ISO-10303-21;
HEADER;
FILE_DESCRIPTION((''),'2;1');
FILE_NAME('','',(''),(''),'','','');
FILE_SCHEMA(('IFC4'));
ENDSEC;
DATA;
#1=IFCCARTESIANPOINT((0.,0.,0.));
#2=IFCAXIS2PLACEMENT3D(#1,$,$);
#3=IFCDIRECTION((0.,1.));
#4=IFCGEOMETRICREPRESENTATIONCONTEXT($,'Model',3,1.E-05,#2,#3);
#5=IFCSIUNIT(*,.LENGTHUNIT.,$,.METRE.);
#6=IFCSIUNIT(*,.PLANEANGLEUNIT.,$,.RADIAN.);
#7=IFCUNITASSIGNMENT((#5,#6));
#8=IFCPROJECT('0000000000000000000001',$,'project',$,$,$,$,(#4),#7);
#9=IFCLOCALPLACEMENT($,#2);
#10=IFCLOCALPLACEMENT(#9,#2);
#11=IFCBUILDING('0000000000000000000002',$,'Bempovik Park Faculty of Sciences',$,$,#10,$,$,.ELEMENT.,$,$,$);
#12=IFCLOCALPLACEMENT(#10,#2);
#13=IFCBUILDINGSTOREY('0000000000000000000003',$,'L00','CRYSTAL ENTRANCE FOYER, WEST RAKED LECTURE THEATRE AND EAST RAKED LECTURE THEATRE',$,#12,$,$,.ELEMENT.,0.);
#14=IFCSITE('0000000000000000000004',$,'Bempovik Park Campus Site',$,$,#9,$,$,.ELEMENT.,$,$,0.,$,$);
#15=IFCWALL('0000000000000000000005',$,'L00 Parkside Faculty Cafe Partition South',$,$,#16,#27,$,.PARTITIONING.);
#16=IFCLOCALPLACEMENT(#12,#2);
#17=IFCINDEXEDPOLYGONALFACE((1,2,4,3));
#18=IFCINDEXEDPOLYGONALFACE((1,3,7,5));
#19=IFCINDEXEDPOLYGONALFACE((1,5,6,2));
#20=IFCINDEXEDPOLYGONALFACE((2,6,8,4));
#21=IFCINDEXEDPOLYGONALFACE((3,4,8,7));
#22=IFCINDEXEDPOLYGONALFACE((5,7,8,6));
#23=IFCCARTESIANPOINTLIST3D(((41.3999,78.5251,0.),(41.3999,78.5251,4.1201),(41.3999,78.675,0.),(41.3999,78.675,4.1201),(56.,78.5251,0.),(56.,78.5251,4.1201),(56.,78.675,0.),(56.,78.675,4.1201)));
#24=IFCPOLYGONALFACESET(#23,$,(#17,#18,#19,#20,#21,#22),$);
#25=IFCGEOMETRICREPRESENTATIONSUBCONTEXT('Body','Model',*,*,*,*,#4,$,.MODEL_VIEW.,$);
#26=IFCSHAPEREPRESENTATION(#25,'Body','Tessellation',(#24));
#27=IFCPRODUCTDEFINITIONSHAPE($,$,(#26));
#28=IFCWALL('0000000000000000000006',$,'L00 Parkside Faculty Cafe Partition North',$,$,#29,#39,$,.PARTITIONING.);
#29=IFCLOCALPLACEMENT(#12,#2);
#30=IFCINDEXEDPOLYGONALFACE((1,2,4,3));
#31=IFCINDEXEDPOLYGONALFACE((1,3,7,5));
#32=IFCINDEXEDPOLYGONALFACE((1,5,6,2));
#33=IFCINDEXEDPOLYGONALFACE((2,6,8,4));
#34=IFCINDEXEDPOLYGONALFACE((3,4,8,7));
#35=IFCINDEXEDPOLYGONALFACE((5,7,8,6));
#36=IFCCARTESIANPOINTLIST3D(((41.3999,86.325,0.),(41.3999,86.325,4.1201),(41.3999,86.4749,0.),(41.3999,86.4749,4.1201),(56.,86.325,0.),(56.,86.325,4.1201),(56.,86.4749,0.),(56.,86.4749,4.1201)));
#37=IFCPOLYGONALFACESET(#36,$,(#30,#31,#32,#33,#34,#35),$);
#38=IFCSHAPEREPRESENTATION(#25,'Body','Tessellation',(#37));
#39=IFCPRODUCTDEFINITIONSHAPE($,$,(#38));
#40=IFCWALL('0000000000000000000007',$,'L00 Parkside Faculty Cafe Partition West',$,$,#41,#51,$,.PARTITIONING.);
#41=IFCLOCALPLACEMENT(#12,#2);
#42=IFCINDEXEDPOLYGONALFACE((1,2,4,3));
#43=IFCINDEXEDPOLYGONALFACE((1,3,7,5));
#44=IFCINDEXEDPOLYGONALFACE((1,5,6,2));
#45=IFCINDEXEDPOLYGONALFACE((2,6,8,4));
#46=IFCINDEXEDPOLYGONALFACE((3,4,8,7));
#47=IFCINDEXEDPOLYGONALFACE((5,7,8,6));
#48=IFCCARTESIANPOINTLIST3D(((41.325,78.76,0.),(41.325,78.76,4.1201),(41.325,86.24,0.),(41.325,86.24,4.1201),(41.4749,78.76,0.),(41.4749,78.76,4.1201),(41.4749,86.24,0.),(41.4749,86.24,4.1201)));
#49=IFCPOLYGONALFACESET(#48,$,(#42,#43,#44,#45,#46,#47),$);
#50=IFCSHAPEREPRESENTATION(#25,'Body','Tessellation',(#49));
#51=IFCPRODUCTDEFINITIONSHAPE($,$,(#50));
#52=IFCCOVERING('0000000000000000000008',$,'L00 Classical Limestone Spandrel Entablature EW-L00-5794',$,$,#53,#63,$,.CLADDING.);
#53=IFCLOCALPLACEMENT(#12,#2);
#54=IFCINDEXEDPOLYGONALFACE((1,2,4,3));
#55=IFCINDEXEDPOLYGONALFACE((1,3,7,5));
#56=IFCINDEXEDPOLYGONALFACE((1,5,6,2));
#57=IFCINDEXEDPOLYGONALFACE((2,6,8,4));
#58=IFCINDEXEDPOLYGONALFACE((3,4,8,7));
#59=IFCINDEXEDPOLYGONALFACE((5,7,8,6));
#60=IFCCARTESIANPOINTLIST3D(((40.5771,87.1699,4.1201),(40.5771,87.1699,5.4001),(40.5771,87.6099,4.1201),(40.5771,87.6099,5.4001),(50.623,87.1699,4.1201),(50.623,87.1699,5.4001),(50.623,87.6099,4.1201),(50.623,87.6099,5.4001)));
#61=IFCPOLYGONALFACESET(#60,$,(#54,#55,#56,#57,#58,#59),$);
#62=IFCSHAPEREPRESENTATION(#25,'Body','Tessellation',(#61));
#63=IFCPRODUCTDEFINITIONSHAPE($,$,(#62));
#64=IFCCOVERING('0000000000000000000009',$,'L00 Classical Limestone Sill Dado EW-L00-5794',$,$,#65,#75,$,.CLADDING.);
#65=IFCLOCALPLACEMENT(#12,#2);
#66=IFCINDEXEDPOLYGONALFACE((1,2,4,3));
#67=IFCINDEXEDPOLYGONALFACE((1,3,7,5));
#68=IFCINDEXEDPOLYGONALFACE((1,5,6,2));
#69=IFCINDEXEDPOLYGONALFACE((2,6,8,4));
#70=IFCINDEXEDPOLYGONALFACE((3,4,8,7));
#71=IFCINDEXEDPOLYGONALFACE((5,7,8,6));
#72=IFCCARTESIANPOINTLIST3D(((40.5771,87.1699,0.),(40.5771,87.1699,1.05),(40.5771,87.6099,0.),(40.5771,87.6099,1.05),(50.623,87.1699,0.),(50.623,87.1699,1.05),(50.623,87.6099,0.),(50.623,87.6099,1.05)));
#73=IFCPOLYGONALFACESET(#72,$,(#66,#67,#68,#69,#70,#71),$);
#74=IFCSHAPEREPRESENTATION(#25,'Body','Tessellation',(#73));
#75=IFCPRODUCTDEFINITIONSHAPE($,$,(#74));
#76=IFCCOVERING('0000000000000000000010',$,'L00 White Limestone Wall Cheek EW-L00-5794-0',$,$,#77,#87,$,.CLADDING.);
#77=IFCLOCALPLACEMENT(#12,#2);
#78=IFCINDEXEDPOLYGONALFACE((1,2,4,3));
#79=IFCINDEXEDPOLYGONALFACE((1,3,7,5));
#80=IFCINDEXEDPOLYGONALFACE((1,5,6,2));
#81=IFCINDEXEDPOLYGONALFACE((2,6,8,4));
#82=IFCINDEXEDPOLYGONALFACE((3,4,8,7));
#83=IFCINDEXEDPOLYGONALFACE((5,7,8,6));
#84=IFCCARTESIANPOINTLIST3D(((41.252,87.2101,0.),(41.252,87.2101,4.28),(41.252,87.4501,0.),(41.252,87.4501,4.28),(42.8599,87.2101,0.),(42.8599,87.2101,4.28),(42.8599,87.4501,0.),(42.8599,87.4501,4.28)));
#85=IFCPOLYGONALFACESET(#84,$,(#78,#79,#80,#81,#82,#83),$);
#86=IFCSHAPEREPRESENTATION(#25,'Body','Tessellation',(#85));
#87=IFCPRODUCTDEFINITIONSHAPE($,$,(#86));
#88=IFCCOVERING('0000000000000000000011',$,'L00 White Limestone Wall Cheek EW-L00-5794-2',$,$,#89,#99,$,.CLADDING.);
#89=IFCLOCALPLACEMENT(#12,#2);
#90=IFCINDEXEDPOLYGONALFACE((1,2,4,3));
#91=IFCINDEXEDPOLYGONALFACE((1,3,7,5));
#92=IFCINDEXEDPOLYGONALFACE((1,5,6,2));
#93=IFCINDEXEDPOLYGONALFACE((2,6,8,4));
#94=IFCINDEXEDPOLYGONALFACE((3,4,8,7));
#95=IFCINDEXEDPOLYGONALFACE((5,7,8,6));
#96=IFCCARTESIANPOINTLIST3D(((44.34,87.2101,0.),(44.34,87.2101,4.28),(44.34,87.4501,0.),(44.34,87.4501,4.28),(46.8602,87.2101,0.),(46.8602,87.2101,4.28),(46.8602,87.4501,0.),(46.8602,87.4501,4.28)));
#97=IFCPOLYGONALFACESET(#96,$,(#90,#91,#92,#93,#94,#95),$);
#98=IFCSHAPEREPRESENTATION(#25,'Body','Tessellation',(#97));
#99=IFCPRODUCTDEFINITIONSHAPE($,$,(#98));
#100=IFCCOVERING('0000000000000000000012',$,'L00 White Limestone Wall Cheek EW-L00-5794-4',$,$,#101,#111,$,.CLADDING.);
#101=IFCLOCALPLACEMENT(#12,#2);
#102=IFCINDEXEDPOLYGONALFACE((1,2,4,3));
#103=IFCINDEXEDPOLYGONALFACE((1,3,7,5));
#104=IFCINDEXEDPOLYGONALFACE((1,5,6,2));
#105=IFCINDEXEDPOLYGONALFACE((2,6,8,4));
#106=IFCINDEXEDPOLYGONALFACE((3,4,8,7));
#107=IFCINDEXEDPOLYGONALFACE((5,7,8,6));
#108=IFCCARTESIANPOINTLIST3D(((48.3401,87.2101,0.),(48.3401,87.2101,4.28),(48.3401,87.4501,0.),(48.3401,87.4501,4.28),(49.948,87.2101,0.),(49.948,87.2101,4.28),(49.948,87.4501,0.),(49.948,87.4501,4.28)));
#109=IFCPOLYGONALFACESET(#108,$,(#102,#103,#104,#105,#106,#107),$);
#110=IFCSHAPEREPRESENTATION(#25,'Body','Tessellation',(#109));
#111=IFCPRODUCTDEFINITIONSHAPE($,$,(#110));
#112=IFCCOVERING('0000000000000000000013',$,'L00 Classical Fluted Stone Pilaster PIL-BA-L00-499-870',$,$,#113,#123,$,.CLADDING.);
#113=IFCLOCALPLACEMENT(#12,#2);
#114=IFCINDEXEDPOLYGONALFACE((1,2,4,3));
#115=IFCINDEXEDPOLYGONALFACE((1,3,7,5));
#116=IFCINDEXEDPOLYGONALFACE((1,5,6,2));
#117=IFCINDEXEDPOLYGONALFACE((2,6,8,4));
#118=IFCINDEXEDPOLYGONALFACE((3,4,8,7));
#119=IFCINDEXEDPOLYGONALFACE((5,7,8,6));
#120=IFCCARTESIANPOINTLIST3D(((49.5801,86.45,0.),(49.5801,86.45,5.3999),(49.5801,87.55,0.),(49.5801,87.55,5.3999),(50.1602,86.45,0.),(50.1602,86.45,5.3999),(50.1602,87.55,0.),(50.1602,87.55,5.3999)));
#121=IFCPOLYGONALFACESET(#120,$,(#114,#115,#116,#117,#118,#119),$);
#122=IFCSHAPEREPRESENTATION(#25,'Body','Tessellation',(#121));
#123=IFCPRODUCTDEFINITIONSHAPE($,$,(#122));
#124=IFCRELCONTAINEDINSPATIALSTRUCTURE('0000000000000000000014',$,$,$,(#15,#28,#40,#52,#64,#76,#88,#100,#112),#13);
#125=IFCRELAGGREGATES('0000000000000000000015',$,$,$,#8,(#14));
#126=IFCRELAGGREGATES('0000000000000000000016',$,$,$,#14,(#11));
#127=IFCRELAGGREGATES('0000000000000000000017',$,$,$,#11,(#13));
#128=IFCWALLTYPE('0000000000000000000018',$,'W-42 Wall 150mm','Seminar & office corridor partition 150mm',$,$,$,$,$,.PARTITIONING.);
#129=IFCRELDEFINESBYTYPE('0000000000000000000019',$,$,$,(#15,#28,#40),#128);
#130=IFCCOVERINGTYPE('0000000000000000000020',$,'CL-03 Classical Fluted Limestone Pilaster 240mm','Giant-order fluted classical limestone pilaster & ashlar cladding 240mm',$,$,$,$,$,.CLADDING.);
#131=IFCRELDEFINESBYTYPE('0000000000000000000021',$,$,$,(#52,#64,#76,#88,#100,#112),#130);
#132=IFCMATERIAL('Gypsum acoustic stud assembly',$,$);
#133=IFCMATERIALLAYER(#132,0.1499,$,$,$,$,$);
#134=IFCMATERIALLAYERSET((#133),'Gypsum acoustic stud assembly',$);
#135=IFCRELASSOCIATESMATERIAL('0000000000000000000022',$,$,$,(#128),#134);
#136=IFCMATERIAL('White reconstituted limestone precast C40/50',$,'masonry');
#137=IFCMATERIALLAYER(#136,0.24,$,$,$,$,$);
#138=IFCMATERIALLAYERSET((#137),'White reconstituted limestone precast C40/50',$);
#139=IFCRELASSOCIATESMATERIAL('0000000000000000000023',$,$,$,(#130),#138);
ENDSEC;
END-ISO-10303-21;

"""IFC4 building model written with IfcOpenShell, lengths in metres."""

from ifc_helpers import new_model, si_unit, direction, frame, frame_2d, origin, origin_2d, place, context, subcontext, project, spatial, rectangle, extrude, material, layer, layer_set, type_object, element, save


model = new_model("IFC4")

# Units and contexts
model_context = context("Model", 3, precision=1e-05, world=origin(), true_north=direction((0.0, 1.0)))
body_context = subcontext(model_context, "Body", "Model", "MODEL_VIEW")
ifc_project = project(units=[si_unit("LENGTHUNIT", "METRE"), si_unit("PLANEANGLEUNIT", "RADIAN")], contexts=[model_context])

# Site, building, storey
site_placement = place(None, origin())
site = spatial("IfcSite", under=ifc_project, at=site_placement, Name="Bempovik Park Campus Site", CompositionType="ELEMENT", RefElevation=0.0)
building_placement = place(site_placement, origin())
building = spatial("IfcBuilding", under=site, at=building_placement, Name="Bempovik Park Faculty of Sciences", CompositionType="ELEMENT")
storey_placement = place(building_placement, origin())
storey = spatial("IfcBuildingStorey", under=building, at=storey_placement, Name="L00", Description="CRYSTAL ENTRANCE FOYER, WEST RAKED LECTURE THEATRE AND EAST RAKED LECTURE THEATRE", CompositionType="ELEMENT", Elevation=0.0)

# Walls
ifc_material_1 = material(Name="Gypsum acoustic stud assembly")
ifc_layer_1 = layer(ifc_material_1, 0.1499)
ifc_layer_set_1 = layer_set([ifc_layer_1], Name="Gypsum acoustic stud assembly")
wall_type_1 = type_object("IfcWallType", Name="W-42 Wall 150mm", Description="Seminar & office corridor partition 150mm", PredefinedType="PARTITIONING", material=ifc_layer_set_1)
for number, where, z_axis, x_axis, name in (
    (1, (41.3999, 78.6001, 0.0), (0.0, 0.0, 1.0), (1.0, 0.0, 0.0), "L00 Parkside Faculty Cafe Partition South"),
    (2, (41.3999, 86.3999, 0.0), (0.0, 0.0, 1.0), (1.0, 0.0, 0.0), "L00 Parkside Faculty Cafe Partition North"),
):
    element("IfcWall", number, at=place(storey_placement, frame(where, z_axis=z_axis, x_axis=x_axis)), inside=storey, type_object=wall_type_1, Name=name, PredefinedType="PARTITIONING", context=body_context, shape_type="SweptSolid", body=[
        extrude(rectangle(XDim=14.6001, YDim=0.1499, at=frame_2d((7.3, 0.0))), origin(), (0.0, 0.0, 1.0), 4.1201),
    ])
wall_1_placement = place(storey_placement, frame((41.3999, 78.76, 0.0), z_axis=(0.0, 0.0, 1.0), x_axis=(0.0, 1.0, 0.0)))
element("IfcWall", 3, at=wall_1_placement, inside=storey, type_object=wall_type_1, Name="L00 Parkside Faculty Cafe Partition West", PredefinedType="PARTITIONING", context=body_context, shape_type="SweptSolid", body=[
    extrude(rectangle(XDim=7.48, YDim=0.1499, at=frame_2d((3.74, 0.0))), origin(), (0.0, 0.0, 1.0), 4.1201),
])

# Coverings
ifc_material_2 = material(Name="White reconstituted limestone precast C40/50", Category="masonry")
ifc_layer_2 = layer(ifc_material_2, 0.24)
ifc_layer_set_2 = layer_set([ifc_layer_2], Name="White reconstituted limestone precast C40/50")
covering_type = type_object("IfcCoveringType", Name="CL-03 Classical Fluted Limestone Pilaster 240mm", Description="Giant-order fluted classical limestone pilaster & ashlar cladding 240mm", PredefinedType="CLADDING", material=ifc_layer_set_2)
covering_1_placement = place(storey_placement, frame((45.6001, 87.3899, 4.1201), z_axis=(0.0, 0.0, 1.0), x_axis=(1.0, 0.0, 0.0)))
element("IfcCovering", 4, at=covering_1_placement, inside=storey, type_object=covering_type, Name="L00 Classical Limestone Spandrel Entablature EW-L00-5794", PredefinedType="CLADDING", context=body_context, shape_type="SweptSolid", body=[
    extrude(rectangle(XDim=10.0459, YDim=0.4399, at=origin_2d()), origin(), (0.0, 0.0, 1.0), 1.28),
])
covering_2_placement = place(storey_placement, frame((45.6001, 87.3899, 0.0), z_axis=(0.0, 0.0, 1.0), x_axis=(1.0, 0.0, 0.0)))
element("IfcCovering", 5, at=covering_2_placement, inside=storey, type_object=covering_type, Name="L00 Classical Limestone Sill Dado EW-L00-5794", PredefinedType="CLADDING", context=body_context, shape_type="SweptSolid", body=[
    extrude(rectangle(XDim=10.0459, YDim=0.4399, at=origin_2d()), origin(), (0.0, 0.0, 1.0), 1.05),
])
covering_3_placement = place(storey_placement, frame((42.0559, 87.3301, 0.0), z_axis=(0.0, 0.0, 1.0), x_axis=(1.0, 0.0, 0.0)))
element("IfcCovering", 6, at=covering_3_placement, inside=storey, type_object=covering_type, Name="L00 White Limestone Wall Cheek EW-L00-5794-0", PredefinedType="CLADDING", context=body_context, shape_type="SweptSolid", body=[
    extrude(rectangle(XDim=1.6079, YDim=0.24, at=origin_2d()), origin(), (0.0, 0.0, 1.0), 4.28),
])
covering_4_placement = place(storey_placement, frame((45.6001, 87.3301, 0.0), z_axis=(0.0, 0.0, 1.0), x_axis=(1.0, 0.0, 0.0)))
element("IfcCovering", 7, at=covering_4_placement, inside=storey, type_object=covering_type, Name="L00 White Limestone Wall Cheek EW-L00-5794-2", PredefinedType="CLADDING", context=body_context, shape_type="SweptSolid", body=[
    extrude(rectangle(XDim=2.5203, YDim=0.24, at=origin_2d()), origin(), (0.0, 0.0, 1.0), 4.28),
])
covering_5_placement = place(storey_placement, frame((49.144, 87.3301, 0.0), z_axis=(0.0, 0.0, 1.0), x_axis=(1.0, 0.0, 0.0)))
element("IfcCovering", 8, at=covering_5_placement, inside=storey, type_object=covering_type, Name="L00 White Limestone Wall Cheek EW-L00-5794-4", PredefinedType="CLADDING", context=body_context, shape_type="SweptSolid", body=[
    extrude(rectangle(XDim=1.6079, YDim=0.24, at=origin_2d()), origin(), (0.0, 0.0, 1.0), 4.28),
])
covering_6_placement = place(storey_placement, frame((49.8701, 87.0, 0.0), z_axis=(0.0, 0.0, 1.0), x_axis=(1.0, 0.0, 0.0)))
element("IfcCovering", 9, at=covering_6_placement, inside=storey, type_object=covering_type, Name="L00 Classical Fluted Stone Pilaster PIL-BA-L00-499-870", PredefinedType="CLADDING", context=body_context, shape_type="SweptSolid", body=[
    extrude(rectangle(XDim=0.5801, YDim=1.1001, at=origin_2d()), origin(), (0.0, 0.0, 1.0), 5.3999),
])

save(model, "model.ifc")
